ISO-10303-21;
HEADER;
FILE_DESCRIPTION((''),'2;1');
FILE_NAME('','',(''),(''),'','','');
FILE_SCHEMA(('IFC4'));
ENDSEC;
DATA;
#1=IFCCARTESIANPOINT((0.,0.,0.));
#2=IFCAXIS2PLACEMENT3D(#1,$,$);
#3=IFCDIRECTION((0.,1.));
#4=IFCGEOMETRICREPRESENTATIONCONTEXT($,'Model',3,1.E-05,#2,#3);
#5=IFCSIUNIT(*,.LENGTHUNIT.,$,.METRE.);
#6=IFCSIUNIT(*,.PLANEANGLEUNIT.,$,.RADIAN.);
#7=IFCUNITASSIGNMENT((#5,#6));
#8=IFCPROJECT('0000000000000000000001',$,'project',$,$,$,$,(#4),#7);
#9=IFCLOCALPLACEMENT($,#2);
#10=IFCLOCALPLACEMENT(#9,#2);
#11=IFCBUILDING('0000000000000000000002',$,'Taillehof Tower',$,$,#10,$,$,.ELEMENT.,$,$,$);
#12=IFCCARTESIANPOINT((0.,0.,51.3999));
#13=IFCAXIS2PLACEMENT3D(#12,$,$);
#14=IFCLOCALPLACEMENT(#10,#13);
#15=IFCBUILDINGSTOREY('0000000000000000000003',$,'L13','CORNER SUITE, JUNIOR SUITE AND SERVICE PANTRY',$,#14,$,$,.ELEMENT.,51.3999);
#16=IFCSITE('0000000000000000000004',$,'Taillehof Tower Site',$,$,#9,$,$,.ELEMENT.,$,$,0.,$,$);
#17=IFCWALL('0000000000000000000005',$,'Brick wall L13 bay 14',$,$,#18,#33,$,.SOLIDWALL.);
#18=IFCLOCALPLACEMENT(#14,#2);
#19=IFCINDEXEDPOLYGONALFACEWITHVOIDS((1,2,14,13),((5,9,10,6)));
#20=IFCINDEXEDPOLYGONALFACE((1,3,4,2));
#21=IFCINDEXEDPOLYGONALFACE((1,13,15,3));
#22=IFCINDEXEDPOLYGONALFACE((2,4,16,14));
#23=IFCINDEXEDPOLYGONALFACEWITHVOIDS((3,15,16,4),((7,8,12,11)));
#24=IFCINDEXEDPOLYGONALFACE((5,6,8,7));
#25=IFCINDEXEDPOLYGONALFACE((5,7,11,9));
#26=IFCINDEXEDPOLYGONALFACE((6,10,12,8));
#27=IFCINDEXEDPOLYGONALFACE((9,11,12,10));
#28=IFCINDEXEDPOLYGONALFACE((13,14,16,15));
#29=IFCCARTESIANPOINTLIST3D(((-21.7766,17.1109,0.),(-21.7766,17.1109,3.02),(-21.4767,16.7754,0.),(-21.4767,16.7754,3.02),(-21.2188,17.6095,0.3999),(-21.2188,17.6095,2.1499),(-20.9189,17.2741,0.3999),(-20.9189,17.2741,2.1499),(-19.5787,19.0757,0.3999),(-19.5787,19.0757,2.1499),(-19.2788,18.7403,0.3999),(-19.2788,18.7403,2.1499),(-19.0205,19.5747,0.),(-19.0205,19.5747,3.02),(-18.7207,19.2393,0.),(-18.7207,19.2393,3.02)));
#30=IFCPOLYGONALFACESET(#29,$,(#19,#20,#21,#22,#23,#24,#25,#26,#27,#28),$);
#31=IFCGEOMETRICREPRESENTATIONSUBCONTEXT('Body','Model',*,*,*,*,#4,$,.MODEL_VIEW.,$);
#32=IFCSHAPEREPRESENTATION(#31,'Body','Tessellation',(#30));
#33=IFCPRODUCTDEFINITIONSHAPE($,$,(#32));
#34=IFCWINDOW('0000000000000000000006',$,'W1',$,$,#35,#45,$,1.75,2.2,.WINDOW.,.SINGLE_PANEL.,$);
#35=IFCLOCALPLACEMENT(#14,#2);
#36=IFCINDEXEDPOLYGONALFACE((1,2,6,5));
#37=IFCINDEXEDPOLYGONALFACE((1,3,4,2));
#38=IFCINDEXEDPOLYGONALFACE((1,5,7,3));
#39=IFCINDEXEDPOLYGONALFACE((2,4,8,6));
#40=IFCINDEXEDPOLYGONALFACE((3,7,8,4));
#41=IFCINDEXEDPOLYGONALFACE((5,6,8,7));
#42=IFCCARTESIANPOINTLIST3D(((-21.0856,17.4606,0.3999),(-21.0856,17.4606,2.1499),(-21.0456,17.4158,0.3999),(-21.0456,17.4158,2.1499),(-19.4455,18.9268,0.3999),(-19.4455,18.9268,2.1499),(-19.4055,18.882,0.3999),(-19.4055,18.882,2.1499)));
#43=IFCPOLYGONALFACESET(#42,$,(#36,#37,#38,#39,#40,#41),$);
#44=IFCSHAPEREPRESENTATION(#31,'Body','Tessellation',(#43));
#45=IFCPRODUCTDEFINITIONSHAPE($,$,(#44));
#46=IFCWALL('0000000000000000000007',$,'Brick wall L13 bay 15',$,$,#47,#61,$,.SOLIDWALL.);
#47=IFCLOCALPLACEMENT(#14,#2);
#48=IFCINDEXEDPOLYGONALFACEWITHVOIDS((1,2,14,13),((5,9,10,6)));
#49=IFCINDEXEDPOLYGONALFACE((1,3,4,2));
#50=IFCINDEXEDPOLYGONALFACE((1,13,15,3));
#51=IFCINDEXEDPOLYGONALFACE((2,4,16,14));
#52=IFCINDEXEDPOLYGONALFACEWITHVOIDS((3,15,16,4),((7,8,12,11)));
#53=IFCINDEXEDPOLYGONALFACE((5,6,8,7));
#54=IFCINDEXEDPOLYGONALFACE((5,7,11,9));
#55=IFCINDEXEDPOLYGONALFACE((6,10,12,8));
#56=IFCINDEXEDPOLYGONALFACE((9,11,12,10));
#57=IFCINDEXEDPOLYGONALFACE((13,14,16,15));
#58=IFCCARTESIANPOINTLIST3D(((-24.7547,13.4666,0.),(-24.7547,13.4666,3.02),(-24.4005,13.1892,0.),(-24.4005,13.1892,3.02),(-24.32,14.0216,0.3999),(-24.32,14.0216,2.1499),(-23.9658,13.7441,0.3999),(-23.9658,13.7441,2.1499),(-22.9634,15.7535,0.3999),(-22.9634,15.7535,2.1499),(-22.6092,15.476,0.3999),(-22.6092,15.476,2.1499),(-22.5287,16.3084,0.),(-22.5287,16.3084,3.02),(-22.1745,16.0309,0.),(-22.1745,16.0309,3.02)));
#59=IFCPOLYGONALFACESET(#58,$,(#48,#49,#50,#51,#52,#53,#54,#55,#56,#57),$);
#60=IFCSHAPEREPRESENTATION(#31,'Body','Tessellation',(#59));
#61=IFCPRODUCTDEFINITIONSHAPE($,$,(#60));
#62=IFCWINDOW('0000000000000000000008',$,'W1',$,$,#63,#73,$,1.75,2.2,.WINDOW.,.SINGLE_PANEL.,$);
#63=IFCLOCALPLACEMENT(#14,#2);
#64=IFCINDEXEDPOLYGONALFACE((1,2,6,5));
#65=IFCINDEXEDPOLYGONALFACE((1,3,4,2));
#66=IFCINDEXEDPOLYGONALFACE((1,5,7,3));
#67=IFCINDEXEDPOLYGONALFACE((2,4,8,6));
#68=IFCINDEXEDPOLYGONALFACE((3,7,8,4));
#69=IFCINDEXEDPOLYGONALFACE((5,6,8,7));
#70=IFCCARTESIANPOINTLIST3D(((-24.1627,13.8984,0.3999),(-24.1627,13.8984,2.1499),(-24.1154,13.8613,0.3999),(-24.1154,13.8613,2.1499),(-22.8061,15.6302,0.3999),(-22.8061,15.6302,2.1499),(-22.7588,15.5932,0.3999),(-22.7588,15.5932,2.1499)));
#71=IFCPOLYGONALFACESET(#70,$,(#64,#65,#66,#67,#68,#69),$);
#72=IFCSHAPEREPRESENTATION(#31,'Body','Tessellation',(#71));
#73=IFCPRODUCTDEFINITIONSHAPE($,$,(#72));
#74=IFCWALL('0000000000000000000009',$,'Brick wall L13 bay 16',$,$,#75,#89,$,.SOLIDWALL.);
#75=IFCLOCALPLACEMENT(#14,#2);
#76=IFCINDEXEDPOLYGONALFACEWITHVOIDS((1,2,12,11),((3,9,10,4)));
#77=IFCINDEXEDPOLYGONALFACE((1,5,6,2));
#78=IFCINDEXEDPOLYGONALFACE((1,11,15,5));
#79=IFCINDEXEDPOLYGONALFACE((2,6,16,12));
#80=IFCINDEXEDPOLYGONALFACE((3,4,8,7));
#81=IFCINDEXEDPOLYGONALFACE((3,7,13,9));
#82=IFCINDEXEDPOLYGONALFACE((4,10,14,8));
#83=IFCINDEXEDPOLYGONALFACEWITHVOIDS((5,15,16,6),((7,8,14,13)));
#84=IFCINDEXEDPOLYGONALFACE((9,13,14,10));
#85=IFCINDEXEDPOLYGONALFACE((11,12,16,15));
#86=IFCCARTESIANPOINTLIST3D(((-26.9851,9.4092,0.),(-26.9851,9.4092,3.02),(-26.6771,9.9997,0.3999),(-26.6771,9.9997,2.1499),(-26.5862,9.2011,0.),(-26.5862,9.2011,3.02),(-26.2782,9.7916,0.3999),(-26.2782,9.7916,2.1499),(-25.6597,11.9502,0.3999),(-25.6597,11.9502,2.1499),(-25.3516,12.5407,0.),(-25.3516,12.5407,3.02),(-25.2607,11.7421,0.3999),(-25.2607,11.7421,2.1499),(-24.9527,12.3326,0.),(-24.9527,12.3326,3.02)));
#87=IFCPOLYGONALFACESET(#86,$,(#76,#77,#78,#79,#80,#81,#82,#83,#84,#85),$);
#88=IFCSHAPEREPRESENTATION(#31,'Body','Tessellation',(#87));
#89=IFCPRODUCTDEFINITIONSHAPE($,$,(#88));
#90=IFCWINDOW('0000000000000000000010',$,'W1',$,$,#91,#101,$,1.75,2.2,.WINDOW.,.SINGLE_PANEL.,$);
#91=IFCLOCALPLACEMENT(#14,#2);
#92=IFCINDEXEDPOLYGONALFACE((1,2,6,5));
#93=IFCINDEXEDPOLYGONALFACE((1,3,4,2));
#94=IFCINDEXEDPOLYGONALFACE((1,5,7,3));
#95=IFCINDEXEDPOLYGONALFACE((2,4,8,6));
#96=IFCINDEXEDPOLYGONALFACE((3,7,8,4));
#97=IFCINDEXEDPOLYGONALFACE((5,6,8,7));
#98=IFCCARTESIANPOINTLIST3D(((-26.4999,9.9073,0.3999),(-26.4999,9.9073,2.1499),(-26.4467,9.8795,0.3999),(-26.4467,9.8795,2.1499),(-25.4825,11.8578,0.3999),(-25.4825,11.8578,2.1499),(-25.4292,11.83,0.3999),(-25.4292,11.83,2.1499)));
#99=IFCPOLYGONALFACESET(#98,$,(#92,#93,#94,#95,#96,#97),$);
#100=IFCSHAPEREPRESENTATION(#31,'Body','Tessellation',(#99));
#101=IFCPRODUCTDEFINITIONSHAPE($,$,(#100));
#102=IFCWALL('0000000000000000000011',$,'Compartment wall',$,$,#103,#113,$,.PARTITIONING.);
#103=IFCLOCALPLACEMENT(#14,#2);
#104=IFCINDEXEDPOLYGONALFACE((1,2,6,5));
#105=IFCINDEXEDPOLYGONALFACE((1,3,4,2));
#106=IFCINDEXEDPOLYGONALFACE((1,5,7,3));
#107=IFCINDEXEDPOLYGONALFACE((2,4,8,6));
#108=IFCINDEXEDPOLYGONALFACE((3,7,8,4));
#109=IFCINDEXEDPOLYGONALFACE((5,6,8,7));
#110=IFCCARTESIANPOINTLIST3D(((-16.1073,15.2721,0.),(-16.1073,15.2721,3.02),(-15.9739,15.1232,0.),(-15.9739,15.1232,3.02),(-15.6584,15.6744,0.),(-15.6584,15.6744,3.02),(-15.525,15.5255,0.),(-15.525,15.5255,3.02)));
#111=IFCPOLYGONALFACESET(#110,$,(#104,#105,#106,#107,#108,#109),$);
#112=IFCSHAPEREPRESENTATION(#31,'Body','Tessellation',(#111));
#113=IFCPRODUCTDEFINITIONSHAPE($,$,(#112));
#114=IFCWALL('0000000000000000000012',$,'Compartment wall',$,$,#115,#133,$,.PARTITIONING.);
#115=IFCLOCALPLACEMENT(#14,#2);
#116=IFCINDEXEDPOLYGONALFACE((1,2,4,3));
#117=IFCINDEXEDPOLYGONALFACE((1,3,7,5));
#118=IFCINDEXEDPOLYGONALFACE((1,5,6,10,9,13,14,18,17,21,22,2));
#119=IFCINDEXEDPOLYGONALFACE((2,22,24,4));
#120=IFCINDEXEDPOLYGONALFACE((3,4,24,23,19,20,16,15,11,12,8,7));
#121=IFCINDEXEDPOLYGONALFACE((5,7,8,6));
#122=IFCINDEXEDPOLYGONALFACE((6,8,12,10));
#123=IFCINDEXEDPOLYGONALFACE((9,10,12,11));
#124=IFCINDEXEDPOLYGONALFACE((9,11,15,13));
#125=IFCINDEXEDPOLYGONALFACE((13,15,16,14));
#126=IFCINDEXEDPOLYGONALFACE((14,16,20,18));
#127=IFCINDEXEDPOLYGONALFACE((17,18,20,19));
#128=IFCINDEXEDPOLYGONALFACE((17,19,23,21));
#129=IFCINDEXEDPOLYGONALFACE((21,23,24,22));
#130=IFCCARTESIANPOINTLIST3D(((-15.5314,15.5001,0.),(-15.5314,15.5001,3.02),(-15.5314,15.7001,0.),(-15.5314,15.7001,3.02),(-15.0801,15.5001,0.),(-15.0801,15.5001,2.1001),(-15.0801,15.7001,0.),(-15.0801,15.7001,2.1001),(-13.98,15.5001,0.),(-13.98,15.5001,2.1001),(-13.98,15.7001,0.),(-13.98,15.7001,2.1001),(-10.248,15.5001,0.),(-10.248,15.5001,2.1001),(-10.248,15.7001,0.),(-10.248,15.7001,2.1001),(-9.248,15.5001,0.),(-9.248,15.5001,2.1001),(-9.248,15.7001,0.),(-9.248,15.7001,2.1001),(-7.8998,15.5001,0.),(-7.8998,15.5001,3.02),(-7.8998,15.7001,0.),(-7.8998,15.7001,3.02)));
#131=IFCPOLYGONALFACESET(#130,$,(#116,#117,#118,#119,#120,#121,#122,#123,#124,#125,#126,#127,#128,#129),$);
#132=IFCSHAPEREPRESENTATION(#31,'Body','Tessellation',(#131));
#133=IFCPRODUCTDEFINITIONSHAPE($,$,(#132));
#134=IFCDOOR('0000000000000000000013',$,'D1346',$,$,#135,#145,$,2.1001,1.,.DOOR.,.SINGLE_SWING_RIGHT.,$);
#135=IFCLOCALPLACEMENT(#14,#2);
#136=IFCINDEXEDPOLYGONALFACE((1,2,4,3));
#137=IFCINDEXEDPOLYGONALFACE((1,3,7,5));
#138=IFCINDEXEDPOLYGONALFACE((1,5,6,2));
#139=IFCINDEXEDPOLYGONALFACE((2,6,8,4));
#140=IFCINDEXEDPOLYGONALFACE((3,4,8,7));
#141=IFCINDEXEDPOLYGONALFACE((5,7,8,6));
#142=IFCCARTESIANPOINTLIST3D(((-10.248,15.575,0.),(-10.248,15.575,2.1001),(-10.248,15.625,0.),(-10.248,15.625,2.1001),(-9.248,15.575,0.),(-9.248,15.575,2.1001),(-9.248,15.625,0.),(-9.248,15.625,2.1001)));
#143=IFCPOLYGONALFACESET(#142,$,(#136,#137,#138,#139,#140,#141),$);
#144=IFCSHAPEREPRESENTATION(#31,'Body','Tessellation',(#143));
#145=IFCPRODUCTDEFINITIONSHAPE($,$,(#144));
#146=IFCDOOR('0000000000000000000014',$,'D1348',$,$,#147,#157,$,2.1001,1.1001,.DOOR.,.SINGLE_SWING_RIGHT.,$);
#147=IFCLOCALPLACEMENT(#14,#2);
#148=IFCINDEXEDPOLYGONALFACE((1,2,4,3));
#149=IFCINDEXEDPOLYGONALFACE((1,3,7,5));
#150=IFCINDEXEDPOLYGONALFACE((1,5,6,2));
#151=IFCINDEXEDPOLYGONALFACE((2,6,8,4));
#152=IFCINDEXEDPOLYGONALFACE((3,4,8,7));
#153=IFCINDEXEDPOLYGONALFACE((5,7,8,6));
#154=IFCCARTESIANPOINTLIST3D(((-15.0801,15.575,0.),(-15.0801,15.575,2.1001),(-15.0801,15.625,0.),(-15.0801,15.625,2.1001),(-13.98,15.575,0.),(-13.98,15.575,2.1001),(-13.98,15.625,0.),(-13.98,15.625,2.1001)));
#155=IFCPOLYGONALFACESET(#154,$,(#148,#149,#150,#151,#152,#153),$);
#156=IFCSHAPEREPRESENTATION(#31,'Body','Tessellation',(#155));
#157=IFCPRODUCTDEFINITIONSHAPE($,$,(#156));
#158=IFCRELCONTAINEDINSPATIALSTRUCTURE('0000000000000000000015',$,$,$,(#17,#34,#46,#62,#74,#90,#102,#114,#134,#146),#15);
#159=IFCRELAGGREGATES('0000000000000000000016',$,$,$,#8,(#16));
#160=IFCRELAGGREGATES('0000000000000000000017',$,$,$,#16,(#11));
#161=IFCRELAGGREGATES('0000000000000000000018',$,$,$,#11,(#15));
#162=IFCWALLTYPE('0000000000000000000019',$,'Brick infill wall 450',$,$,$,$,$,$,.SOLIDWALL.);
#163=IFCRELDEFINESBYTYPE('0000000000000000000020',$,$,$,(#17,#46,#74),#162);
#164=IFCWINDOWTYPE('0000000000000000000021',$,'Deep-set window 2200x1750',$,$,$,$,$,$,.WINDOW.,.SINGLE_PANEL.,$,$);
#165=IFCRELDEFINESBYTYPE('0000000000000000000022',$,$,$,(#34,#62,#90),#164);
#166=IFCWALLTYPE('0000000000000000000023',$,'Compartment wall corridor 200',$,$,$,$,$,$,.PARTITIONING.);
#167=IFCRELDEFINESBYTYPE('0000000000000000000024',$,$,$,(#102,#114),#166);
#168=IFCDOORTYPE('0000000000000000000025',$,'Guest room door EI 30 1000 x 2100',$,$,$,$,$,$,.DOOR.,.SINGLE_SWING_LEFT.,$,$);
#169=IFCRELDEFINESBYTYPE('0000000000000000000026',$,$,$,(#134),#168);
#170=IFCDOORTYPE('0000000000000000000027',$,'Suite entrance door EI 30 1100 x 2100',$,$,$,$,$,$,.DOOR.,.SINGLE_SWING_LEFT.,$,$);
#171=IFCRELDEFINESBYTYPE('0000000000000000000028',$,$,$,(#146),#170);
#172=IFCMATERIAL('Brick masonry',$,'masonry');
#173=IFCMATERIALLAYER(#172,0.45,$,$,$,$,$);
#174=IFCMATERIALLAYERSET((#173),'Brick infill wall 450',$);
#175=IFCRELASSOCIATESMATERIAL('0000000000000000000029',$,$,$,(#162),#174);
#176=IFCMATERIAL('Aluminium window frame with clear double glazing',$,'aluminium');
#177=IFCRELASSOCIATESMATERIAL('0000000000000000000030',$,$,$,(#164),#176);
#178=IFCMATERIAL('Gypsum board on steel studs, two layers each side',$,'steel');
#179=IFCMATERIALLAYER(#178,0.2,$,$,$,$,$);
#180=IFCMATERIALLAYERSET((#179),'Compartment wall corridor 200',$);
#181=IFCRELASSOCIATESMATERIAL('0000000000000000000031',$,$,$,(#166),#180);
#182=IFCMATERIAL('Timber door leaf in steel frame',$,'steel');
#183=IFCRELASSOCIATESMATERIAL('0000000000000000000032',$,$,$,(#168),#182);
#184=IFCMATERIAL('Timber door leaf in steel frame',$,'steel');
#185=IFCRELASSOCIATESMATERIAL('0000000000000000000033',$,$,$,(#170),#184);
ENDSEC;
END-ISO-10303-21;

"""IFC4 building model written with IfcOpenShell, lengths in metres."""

from ifc_helpers import new_model, si_unit, direction, frame, frame_2d, origin, place, context, subcontext, project, spatial, rectangle, extrude, material, layer, layer_set, type_object, element, fill, save


model = new_model("IFC4")

# Units and contexts
model_context = context("Model", 3, precision=1e-05, world=origin(), true_north=direction((0.0, 1.0)))
body_context = subcontext(model_context, "Body", "Model", "MODEL_VIEW")
ifc_project = project(units=[si_unit("LENGTHUNIT", "METRE"), si_unit("PLANEANGLEUNIT", "RADIAN")], contexts=[model_context])

# Site, building, storey
site_placement = place(None, origin())
site = spatial("IfcSite", under=ifc_project, at=site_placement, Name="Taillehof Tower Site", CompositionType="ELEMENT", RefElevation=0.0)
building_placement = place(site_placement, origin())
building = spatial("IfcBuilding", under=site, at=building_placement, Name="Taillehof Tower", CompositionType="ELEMENT")
storey_placement = place(building_placement, frame((0.0, 0.0, 51.3999)))
storey = spatial("IfcBuildingStorey", under=building, at=storey_placement, Name="L13", Description="CORNER SUITE, JUNIOR SUITE AND SERVICE PANTRY", CompositionType="ELEMENT", Elevation=51.3999)

# Walls, openings, windows
ifc_material_1 = material(Name="Brick masonry", Category="masonry")
ifc_layer_1 = layer(ifc_material_1, 0.45)
ifc_layer_set_1 = layer_set([ifc_layer_1], Name="Brick infill wall 450")
wall_type_1 = type_object("IfcWallType", Name="Brick infill wall 450", PredefinedType="SOLIDWALL", material=ifc_layer_set_1)
ifc_material_2 = material(Name="Aluminium window frame with clear double glazing", Category="aluminium")
window_type = type_object("IfcWindowType", Name="Deep-set window 2200x1750", PartitioningType="SINGLE_PANEL", PredefinedType="WINDOW", material=ifc_material_2)
wall_1_placement = place(storey_placement, frame((-18.8706, 19.407, 0.0), z_axis=(0.0, 0.0, 1.0), x_axis=(-0.745526, -0.666476, 0.0)))
wall_1 = element("IfcWall", 1, at=wall_1_placement, inside=storey, type_object=wall_type_1, Name="Brick wall L13 bay 14", PredefinedType="SOLIDWALL", context=body_context, shape_type="SweptSolid", body=[
    extrude(rectangle(XDim=3.6968, YDim=0.45, at=frame_2d((1.8484, 0.0))), origin(), (0.0, 0.0, 1.0), 3.02),
])
opening_1_placement = place(wall_1_placement, frame((0.7485, 0.0, 0.3999)))
opening_1 = element("IfcOpeningElement", 2, at=opening_1_placement, cuts=wall_1, PredefinedType="OPENING", context=body_context, shape_type="SweptSolid", body=[
    extrude(rectangle(XDim=2.2, YDim=1.75, at=frame_2d((1.1001, 0.875))), frame((0.0, 0.2349, 0.0), z_axis=(0.0, -1.0, 0.0), x_axis=(1.0, 0.0, 0.0)), (0.0, 0.0, 1.0), 0.47),
])
window_1_placement = place(opening_1_placement, origin())
window_1 = element("IfcWindow", 3, at=window_1_placement, inside=storey, type_object=window_type, Name="W1", OverallHeight=1.75, OverallWidth=2.2, PartitioningType="SINGLE_PANEL", PredefinedType="WINDOW", context=body_context, shape_type="SweptSolid", body=[
    extrude(rectangle(XDim=2.2, YDim=1.75, at=frame_2d((1.1001, 0.875))), frame((0.0, 0.0349, 0.0), z_axis=(0.0, -1.0, 0.0), x_axis=(1.0, 0.0, 0.0)), (0.0, 0.0, 1.0), 0.0601),
])
fill(opening_1, window_1)
wall_2_placement = place(storey_placement, frame((-22.3516, 16.1697, 0.0), z_axis=(0.0, 0.0, 1.0), x_axis=(-0.616662, -0.787228, 0.0)))
wall_2 = element("IfcWall", 4, at=wall_2_placement, inside=storey, type_object=wall_type_1, Name="Brick wall L13 bay 15", PredefinedType="SOLIDWALL", context=body_context, shape_type="SweptSolid", body=[
    extrude(rectangle(XDim=3.6099, YDim=0.45, at=frame_2d((1.8049, 0.0))), origin(), (0.0, 0.0, 1.0), 3.02),
])
opening_2_placement = place(wall_2_placement, frame((0.7048, 0.0, 0.3999)))
opening_2 = element("IfcOpeningElement", 5, at=opening_2_placement, cuts=wall_2, PredefinedType="OPENING", context=body_context, shape_type="SweptSolid", body=[
    extrude(rectangle(XDim=2.2, YDim=1.75, at=frame_2d((1.1001, 0.875))), frame((0.0, 0.2349, 0.0), z_axis=(0.0, -1.0, 0.0), x_axis=(1.0, 0.0, 0.0)), (0.0, 0.0, 1.0), 0.47),
])
window_2_placement = place(opening_2_placement, origin())
window_2 = element("IfcWindow", 6, at=window_2_placement, inside=storey, type_object=window_type, Name="W1", OverallHeight=1.75, OverallWidth=2.2, PartitioningType="SINGLE_PANEL", PredefinedType="WINDOW", context=body_context, shape_type="SweptSolid", body=[
    extrude(rectangle(XDim=2.2, YDim=1.75, at=frame_2d((1.1001, 0.875))), frame((0.0, 0.0349, 0.0), z_axis=(0.0, -1.0, 0.0), x_axis=(1.0, 0.0, 0.0)), (0.0, 0.0, 1.0), 0.0601),
])
fill(opening_2, window_2)
wall_3_placement = place(storey_placement, frame((-25.1521, 12.4368, 0.0), z_axis=(0.0, 0.0, 1.0), x_axis=(-0.462493, -0.886623, 0.0)))
wall_3 = element("IfcWall", 7, at=wall_3_placement, inside=storey, type_object=wall_type_1, Name="Brick wall L13 bay 16", PredefinedType="SOLIDWALL", context=body_context, shape_type="SweptSolid", body=[
    extrude(rectangle(XDim=3.532, YDim=0.45, at=frame_2d((1.7661, 0.0))), origin(), (0.0, 0.0, 1.0), 3.02),
])
opening_3_placement = place(wall_3_placement, frame((0.666, 0.0, 0.3999)))
opening_3 = element("IfcOpeningElement", 8, at=opening_3_placement, cuts=wall_3, PredefinedType="OPENING", context=body_context, shape_type="SweptSolid", body=[
    extrude(rectangle(XDim=2.2, YDim=1.75, at=frame_2d((1.1001, 0.875))), frame((0.0, 0.2349, 0.0), z_axis=(0.0, -1.0, 0.0), x_axis=(1.0, 0.0, 0.0)), (0.0, 0.0, 1.0), 0.47),
])
window_3_placement = place(opening_3_placement, origin())
window_3 = element("IfcWindow", 9, at=window_3_placement, inside=storey, type_object=window_type, Name="W1", OverallHeight=1.75, OverallWidth=2.2, PartitioningType="SINGLE_PANEL", PredefinedType="WINDOW", context=body_context, shape_type="SweptSolid", body=[
    extrude(rectangle(XDim=2.2, YDim=1.75, at=frame_2d((1.1001, 0.875))), frame((0.0, 0.0349, 0.0), z_axis=(0.0, -1.0, 0.0), x_axis=(1.0, 0.0, 0.0)), (0.0, 0.0, 1.0), 0.0601),
])
fill(opening_3, window_3)

# Wall
ifc_material_3 = material(Name="Gypsum board on steel studs, two layers each side", Category="steel")
ifc_layer_2 = layer(ifc_material_3, 0.2)
ifc_layer_set_2 = layer_set([ifc_layer_2], Name="Compartment wall corridor 200")
wall_type_2 = type_object("IfcWallType", Name="Compartment wall corridor 200", PredefinedType="PARTITIONING", material=ifc_layer_set_2)
wall_4_placement = place(storey_placement, frame((-16.0405, 15.1978, 0.0), z_axis=(0.0, 0.0, 1.0), x_axis=(0.744722, 0.667375, 0.0)))
element("IfcWall", 10, at=wall_4_placement, inside=storey, type_object=wall_type_2, Name="Compartment wall", PredefinedType="PARTITIONING", context=body_context, shape_type="SweptSolid", body=[
    extrude(rectangle(XDim=0.6028, YDim=0.2, at=frame_2d((0.3013, 0.0))), origin(), (0.0, 0.0, 1.0), 3.02),
])

# Wall, openings, doors
wall_5_placement = place(storey_placement, frame((-15.5315, 15.6001, 0.0), z_axis=(0.0, 0.0, 1.0), x_axis=(1.0, 0.0, 0.0)))
wall_5 = element("IfcWall", 11, at=wall_5_placement, inside=storey, type_object=wall_type_2, Name="Compartment wall", PredefinedType="PARTITIONING", context=body_context, shape_type="SweptSolid", body=[
    extrude(rectangle(XDim=7.6316, YDim=0.2, at=frame_2d((3.8159, 0.0))), origin(), (0.0, 0.0, 1.0), 3.02),
])
opening_4_placement = place(wall_5_placement, frame((5.2834, 0.0, 0.0)))
opening_4 = element("IfcOpeningElement", 12, at=opening_4_placement, cuts=wall_5, PredefinedType="OPENING", context=body_context, shape_type="SweptSolid", body=[
    extrude(rectangle(XDim=1.0, YDim=2.1001, at=frame_2d((0.5, 1.05))), frame((0.0, 0.1099, 0.0), z_axis=(0.0, -1.0, 0.0), x_axis=(1.0, 0.0, 0.0)), (0.0, 0.0, 1.0), 0.22),
])
opening_5_placement = place(wall_5_placement, frame((0.4514, 0.0, 0.0)))
opening_5 = element("IfcOpeningElement", 13, at=opening_5_placement, cuts=wall_5, PredefinedType="OPENING", context=body_context, shape_type="SweptSolid", body=[
    extrude(rectangle(XDim=1.1001, YDim=2.1001, at=frame_2d((0.55, 1.05))), frame((0.0, 0.1099, 0.0), z_axis=(0.0, -1.0, 0.0), x_axis=(1.0, 0.0, 0.0)), (0.0, 0.0, 1.0), 0.22),
])
ifc_material_4 = material(Name="Timber door leaf in steel frame", Category="steel")
door_type_1 = type_object("IfcDoorType", Name="Guest room door EI 30 1000 x 2100", OperationType="SINGLE_SWING_LEFT", PredefinedType="DOOR", material=ifc_material_4)
door_1_placement = place(opening_4_placement, origin())
door_1 = element("IfcDoor", 14, at=door_1_placement, inside=storey, type_object=door_type_1, Name="D1346", OperationType="SINGLE_SWING_RIGHT", OverallHeight=2.1001, OverallWidth=1.0, PredefinedType="DOOR", context=body_context, shape_type="SweptSolid", body=[
    extrude(rectangle(XDim=1.0, YDim=2.1001, at=frame_2d((0.5, 1.05))), frame((0.0, 0.0249, 0.0), z_axis=(0.0, -1.0, 0.0), x_axis=(1.0, 0.0, 0.0)), (0.0, 0.0, 1.0), 0.05),
])
fill(opening_4, door_1)
ifc_material_5 = material(Name="Timber door leaf in steel frame", Category="steel")
door_type_2 = type_object("IfcDoorType", Name="Suite entrance door EI 30 1100 x 2100", OperationType="SINGLE_SWING_LEFT", PredefinedType="DOOR", material=ifc_material_5)
door_2_placement = place(opening_5_placement, origin())
door_2 = element("IfcDoor", 15, at=door_2_placement, inside=storey, type_object=door_type_2, Name="D1348", OperationType="SINGLE_SWING_RIGHT", OverallHeight=2.1001, OverallWidth=1.1001, PredefinedType="DOOR", context=body_context, shape_type="SweptSolid", body=[
    extrude(rectangle(XDim=1.1001, YDim=2.1001, at=frame_2d((0.55, 1.05))), frame((0.0, 0.0249, 0.0), z_axis=(0.0, -1.0, 0.0), x_axis=(1.0, 0.0, 0.0)), (0.0, 0.0, 1.0), 0.05),
])
fill(opening_5, door_2)

save(model, "model.ifc")
